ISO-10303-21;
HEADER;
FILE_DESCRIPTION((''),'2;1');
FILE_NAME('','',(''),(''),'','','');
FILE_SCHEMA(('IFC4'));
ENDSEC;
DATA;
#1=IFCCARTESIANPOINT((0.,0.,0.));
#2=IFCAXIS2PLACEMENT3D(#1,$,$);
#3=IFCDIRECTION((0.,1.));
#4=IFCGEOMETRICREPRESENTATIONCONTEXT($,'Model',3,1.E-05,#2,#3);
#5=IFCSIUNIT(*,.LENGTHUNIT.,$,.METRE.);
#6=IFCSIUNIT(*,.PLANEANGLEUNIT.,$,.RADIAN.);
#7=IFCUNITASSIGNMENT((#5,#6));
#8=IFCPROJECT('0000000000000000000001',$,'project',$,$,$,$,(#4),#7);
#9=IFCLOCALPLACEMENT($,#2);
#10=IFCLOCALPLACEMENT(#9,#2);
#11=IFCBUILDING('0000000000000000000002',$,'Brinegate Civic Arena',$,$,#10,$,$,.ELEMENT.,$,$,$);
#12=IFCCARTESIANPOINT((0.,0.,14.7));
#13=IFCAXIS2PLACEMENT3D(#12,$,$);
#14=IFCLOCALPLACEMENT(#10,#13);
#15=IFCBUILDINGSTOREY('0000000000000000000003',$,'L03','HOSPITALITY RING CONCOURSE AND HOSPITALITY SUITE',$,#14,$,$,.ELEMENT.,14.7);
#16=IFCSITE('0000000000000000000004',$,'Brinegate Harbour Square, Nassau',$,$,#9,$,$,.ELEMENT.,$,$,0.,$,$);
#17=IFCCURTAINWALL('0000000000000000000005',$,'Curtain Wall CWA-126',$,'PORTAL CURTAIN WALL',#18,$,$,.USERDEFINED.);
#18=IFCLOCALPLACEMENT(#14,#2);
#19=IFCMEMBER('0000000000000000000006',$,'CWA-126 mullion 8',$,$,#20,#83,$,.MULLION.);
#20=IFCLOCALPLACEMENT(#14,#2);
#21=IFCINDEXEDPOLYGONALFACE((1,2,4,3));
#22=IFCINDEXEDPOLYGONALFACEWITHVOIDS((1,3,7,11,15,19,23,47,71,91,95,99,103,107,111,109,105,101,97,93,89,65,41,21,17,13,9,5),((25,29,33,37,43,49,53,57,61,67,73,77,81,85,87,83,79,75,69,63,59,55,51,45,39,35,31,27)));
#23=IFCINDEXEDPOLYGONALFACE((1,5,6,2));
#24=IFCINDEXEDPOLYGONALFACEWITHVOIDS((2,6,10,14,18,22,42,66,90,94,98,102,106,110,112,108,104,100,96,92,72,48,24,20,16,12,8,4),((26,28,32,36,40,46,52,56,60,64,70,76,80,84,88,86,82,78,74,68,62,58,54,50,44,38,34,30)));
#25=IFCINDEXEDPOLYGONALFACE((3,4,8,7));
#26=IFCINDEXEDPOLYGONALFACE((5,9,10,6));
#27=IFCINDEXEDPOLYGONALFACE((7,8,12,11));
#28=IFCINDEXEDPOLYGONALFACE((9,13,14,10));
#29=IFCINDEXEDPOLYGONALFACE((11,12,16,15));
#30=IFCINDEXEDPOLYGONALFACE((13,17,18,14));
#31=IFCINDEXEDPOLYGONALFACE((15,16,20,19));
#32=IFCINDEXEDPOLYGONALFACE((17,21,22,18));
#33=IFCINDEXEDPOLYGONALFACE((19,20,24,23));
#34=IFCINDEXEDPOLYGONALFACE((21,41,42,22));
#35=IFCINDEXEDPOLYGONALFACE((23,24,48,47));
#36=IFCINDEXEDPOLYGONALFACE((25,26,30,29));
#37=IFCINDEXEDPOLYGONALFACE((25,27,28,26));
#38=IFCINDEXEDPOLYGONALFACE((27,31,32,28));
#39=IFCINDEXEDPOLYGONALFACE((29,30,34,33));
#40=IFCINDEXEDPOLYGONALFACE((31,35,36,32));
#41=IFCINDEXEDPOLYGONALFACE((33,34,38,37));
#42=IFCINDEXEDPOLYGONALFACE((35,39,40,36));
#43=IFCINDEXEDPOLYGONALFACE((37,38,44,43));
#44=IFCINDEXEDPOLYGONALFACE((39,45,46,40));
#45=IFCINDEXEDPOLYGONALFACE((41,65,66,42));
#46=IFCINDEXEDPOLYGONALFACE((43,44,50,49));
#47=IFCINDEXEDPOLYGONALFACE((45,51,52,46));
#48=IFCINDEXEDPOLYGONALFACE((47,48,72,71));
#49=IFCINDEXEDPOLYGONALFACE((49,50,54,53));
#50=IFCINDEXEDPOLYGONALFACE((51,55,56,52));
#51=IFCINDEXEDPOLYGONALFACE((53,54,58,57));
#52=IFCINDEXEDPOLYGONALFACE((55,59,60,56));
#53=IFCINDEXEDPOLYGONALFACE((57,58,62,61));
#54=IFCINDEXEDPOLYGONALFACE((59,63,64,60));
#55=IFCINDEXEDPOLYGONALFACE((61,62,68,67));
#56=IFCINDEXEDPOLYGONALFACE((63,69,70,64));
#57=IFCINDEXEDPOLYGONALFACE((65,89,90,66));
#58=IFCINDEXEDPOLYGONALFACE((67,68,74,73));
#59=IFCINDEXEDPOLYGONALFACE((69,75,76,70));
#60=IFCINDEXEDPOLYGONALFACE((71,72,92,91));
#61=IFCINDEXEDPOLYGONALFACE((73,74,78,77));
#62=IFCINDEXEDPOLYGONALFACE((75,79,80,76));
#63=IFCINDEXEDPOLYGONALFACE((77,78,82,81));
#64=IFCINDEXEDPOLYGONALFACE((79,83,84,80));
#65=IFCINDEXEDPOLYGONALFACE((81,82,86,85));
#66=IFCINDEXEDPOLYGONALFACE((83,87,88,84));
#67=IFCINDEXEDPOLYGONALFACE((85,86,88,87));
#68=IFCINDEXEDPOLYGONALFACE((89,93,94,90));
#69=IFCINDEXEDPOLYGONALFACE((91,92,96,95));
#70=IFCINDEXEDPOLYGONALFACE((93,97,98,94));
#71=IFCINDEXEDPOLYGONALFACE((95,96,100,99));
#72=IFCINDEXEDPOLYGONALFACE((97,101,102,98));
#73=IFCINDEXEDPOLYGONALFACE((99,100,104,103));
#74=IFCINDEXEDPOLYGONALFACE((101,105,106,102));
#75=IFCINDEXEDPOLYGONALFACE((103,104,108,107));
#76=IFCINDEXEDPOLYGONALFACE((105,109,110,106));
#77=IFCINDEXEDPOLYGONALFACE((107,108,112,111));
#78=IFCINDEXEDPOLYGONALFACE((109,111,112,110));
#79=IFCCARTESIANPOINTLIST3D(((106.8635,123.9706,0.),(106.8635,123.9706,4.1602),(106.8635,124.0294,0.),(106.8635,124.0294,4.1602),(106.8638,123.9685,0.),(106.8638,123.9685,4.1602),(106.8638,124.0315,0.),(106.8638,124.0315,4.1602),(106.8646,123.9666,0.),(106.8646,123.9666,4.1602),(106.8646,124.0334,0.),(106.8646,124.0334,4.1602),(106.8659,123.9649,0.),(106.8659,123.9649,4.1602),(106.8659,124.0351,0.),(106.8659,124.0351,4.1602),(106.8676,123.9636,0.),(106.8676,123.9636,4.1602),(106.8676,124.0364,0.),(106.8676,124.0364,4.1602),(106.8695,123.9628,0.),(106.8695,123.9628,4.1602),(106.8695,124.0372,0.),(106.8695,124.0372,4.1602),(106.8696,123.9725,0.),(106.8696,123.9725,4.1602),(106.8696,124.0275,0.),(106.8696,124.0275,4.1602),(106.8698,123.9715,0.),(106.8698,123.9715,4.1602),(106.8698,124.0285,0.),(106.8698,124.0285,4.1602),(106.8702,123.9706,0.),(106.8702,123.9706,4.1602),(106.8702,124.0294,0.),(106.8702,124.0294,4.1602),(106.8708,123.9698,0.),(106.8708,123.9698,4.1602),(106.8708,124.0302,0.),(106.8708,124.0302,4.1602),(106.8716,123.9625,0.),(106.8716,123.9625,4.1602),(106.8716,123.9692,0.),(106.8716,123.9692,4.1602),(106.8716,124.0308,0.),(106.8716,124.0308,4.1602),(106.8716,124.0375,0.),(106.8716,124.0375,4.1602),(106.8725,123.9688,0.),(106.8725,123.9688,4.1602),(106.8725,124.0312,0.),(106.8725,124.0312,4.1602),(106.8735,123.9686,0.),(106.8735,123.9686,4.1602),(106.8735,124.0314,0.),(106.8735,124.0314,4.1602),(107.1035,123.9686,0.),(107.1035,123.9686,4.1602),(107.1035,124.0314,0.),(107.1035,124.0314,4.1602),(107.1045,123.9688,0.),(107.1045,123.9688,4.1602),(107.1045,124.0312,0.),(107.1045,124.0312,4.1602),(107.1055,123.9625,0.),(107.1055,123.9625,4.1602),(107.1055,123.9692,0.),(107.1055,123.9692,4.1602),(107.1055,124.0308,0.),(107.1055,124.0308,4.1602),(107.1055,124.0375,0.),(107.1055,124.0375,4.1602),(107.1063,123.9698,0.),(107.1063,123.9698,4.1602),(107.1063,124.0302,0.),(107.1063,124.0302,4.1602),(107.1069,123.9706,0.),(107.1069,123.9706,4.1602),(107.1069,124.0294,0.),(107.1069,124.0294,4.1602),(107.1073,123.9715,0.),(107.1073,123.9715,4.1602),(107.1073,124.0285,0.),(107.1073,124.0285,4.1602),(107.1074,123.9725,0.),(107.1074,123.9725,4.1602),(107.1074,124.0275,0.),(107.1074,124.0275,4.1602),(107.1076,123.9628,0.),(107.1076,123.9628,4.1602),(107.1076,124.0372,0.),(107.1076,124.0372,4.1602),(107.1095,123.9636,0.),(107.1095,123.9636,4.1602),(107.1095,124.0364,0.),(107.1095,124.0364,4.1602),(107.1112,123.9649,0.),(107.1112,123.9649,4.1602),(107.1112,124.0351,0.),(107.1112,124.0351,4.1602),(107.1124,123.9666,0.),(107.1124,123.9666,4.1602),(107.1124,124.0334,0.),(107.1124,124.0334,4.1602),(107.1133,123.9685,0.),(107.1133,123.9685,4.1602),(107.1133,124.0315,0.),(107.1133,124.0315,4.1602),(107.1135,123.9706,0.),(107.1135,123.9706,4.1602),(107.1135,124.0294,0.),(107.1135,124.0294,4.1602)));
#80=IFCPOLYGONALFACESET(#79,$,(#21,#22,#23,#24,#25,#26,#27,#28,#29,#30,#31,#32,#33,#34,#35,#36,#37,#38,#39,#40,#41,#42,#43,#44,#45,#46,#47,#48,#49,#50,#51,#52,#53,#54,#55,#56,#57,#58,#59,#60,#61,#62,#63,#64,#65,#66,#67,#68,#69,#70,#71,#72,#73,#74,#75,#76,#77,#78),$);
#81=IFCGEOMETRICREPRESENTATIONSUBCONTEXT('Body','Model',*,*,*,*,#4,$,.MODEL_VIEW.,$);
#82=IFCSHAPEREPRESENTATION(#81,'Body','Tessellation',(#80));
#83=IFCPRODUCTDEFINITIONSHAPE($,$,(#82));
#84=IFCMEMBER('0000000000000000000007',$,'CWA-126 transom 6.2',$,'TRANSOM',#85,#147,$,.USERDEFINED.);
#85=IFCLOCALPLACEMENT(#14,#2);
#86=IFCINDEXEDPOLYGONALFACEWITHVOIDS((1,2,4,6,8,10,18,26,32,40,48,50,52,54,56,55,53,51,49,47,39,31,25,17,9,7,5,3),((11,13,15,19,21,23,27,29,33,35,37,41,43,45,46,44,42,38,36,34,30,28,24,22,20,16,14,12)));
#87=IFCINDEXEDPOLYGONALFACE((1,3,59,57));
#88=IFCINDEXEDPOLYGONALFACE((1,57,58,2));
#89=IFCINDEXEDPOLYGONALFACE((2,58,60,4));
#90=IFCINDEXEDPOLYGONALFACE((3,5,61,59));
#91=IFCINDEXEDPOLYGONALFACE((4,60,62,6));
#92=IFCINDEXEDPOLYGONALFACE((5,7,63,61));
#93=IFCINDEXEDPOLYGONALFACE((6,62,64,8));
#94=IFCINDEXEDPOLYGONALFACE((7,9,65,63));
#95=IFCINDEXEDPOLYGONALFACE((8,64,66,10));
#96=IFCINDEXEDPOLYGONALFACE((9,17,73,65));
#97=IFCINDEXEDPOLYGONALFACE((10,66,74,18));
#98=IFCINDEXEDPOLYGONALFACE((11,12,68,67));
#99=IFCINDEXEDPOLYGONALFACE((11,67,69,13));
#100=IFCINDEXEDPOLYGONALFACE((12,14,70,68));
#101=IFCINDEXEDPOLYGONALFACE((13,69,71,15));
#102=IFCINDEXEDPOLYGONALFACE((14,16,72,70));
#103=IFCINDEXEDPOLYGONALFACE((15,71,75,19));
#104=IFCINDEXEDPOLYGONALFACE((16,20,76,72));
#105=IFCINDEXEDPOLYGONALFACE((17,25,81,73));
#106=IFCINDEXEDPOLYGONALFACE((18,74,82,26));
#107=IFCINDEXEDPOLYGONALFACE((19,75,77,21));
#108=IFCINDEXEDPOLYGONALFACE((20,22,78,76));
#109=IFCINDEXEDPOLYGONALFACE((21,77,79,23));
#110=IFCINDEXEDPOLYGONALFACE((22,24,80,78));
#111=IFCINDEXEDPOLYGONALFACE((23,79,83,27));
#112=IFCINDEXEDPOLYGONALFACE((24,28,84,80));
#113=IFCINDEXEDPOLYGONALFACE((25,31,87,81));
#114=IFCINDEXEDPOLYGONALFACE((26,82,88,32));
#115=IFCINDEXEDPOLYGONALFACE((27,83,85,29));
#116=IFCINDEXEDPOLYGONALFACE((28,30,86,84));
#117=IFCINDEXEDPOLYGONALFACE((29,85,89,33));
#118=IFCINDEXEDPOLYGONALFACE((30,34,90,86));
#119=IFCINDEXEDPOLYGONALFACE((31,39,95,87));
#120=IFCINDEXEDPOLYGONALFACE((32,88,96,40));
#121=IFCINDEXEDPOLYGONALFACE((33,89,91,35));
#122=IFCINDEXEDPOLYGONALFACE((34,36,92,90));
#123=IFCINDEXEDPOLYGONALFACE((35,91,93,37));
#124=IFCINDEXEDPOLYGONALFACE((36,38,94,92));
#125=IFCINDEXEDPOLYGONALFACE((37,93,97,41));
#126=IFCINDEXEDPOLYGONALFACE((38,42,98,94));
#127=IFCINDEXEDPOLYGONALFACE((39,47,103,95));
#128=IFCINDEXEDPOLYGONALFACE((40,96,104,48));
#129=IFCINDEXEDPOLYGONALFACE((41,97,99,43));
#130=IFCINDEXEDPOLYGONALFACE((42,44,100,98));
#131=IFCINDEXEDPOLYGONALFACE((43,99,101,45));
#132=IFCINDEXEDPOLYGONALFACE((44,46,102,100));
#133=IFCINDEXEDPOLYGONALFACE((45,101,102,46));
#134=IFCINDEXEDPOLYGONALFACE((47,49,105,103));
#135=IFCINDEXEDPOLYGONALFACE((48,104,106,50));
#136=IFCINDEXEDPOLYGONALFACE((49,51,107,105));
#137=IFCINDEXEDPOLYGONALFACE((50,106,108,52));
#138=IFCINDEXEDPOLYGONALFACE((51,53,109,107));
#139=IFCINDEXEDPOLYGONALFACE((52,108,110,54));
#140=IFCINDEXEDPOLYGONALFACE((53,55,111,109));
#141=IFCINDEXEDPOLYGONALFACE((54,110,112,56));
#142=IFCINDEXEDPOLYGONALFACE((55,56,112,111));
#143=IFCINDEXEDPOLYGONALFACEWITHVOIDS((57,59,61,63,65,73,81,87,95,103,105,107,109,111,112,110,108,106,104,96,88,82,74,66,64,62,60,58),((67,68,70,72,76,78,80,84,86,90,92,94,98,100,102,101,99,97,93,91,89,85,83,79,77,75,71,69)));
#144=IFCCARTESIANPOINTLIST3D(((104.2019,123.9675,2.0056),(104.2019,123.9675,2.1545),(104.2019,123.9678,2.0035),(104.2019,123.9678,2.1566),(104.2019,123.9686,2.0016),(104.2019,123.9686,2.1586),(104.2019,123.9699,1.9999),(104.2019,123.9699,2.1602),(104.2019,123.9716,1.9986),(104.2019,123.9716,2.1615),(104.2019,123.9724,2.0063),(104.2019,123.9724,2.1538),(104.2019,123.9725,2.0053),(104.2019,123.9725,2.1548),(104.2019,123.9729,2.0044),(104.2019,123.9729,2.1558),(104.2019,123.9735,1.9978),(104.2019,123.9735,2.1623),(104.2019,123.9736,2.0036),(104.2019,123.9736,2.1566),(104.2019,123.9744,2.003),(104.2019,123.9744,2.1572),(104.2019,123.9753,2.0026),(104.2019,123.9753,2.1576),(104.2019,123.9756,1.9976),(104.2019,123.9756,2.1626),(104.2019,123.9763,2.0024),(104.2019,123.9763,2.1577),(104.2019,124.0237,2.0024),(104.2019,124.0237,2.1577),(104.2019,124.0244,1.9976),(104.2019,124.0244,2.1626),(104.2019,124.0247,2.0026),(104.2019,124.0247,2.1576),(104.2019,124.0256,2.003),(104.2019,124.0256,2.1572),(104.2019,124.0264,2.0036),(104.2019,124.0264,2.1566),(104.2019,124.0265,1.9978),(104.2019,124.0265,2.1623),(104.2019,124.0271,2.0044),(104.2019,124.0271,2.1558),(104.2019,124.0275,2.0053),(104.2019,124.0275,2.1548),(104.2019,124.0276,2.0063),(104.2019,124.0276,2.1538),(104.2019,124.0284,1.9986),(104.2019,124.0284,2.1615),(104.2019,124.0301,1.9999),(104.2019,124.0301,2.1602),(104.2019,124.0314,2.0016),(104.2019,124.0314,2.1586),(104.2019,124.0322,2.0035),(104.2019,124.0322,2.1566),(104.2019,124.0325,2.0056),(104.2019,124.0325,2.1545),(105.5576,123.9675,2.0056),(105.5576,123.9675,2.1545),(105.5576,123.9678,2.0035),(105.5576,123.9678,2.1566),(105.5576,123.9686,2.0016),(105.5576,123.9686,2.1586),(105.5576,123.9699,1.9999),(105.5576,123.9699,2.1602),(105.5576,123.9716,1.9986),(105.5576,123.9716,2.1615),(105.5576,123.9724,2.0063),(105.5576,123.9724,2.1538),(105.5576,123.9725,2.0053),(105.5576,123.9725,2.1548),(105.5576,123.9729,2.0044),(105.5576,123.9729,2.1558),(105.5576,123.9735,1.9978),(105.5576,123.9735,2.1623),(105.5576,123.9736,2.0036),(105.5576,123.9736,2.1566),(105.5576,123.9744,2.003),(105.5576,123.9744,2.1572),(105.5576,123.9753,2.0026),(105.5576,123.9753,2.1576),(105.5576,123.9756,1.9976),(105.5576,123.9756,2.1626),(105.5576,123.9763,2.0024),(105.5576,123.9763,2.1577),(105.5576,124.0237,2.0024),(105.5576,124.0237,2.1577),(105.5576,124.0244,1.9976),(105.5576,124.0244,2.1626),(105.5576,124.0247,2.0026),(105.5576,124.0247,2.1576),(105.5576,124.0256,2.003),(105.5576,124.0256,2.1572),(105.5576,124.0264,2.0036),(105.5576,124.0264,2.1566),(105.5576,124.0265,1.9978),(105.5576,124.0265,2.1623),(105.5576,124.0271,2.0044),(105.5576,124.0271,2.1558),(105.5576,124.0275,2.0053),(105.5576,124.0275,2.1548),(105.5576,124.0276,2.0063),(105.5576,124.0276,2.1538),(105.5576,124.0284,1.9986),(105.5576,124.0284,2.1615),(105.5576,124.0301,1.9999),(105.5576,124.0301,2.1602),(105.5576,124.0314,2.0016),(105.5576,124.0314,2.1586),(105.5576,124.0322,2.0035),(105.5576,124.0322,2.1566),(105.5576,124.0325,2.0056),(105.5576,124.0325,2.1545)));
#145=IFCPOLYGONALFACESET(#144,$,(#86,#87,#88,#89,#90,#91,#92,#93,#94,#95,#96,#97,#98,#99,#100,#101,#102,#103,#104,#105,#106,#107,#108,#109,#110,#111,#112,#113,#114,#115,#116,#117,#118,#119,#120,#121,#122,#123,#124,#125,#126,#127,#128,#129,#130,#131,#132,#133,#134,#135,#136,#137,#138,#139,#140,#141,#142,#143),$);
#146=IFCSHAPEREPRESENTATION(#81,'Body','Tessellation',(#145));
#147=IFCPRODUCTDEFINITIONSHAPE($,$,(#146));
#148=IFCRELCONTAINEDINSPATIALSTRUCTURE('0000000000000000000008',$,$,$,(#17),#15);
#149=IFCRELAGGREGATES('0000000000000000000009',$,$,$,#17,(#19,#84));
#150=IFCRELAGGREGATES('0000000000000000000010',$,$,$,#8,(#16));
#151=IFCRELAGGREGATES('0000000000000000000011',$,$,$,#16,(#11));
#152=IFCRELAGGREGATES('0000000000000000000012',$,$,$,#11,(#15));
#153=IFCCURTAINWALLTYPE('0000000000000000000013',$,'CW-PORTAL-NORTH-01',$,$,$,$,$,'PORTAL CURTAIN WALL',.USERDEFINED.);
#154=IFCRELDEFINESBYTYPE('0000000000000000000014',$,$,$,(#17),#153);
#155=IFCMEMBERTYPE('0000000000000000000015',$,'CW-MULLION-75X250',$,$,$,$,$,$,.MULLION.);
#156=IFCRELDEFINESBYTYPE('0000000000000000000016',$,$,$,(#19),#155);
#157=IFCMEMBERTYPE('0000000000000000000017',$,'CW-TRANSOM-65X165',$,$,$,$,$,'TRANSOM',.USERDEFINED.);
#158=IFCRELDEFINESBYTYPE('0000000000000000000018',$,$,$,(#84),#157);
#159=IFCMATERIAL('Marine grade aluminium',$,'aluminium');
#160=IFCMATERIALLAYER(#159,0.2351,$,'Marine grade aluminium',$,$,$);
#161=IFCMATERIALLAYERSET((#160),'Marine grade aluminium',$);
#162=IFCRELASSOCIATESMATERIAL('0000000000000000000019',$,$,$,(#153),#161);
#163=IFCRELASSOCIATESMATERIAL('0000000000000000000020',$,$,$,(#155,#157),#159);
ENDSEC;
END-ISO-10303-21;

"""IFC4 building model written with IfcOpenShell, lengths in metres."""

from ifc_helpers import new_model, si_unit, direction, frame, origin, origin_2d, place, context, subcontext, project, spatial, hollow_rectangle, extrude, material, layer, layer_set, material_profile, profile_set, type_object, element, aggregate, save


model = new_model("IFC4")

# Units and contexts
model_context = context("Model", 3, precision=1e-05, world=origin(), true_north=direction((0.0, 1.0)))
body_context = subcontext(model_context, "Body", "Model", "MODEL_VIEW")
ifc_project = project(units=[si_unit("LENGTHUNIT", "METRE"), si_unit("PLANEANGLEUNIT", "RADIAN")], contexts=[model_context])

# Site, building, storey
site_placement = place(None, origin())
site = spatial("IfcSite", under=ifc_project, at=site_placement, Name="Brinegate Harbour Square, Nassau", CompositionType="ELEMENT", RefElevation=0.0)
building_placement = place(site_placement, origin())
building = spatial("IfcBuilding", under=site, at=building_placement, Name="Brinegate Civic Arena", CompositionType="ELEMENT")
storey_placement = place(building_placement, frame((0.0, 0.0, 14.7)))
storey = spatial("IfcBuildingStorey", under=building, at=storey_placement, Name="L03", Description="HOSPITALITY RING CONCOURSE AND HOSPITALITY SUITE", CompositionType="ELEMENT", Elevation=14.7)

# Curtain wall, members
ifc_material_1 = material(Name="Marine grade aluminium", Category="aluminium")
ifc_layer_1 = layer(ifc_material_1, 0.2351, Name="Marine grade aluminium")
ifc_layer_set_1 = layer_set([ifc_layer_1], Name="Marine grade aluminium")
curtain_wall_type = type_object("IfcCurtainWallType", Name="CW-PORTAL-NORTH-01", ElementType="PORTAL CURTAIN WALL", PredefinedType="USERDEFINED", material=ifc_layer_set_1)
curtain_wall_placement = place(storey_placement, origin())
curtain_wall = element("IfcCurtainWall", 1, at=curtain_wall_placement, inside=storey, type_object=curtain_wall_type, Name="Curtain Wall CWA-126", ObjectType="PORTAL CURTAIN WALL", PredefinedType="USERDEFINED")
ifc_material_profile_1 = material_profile(ifc_material_1, hollow_rectangle(XDim=0.075, YDim=0.25, WallThickness=0.0061, InnerFilletRadius=0.0039, OuterFilletRadius=0.0081, at=origin_2d()), Name="MUL75X250")
ifc_profile_set_1 = profile_set([ifc_material_profile_1], Name="Marine grade aluminium")
member_type_1 = type_object("IfcMemberType", Name="CW-MULLION-75X250", PredefinedType="MULLION", material=ifc_profile_set_1)
member_1_placement = place(storey_placement, frame((106.9885, 124.0, 0.0), z_axis=(0.0, 0.0, 1.0), x_axis=(0.0, 1.0, 0.0)))
member_1 = element("IfcMember", 2, at=member_1_placement, type_object=member_type_1, Name="CWA-126 mullion 8", PredefinedType="MULLION", context=body_context, shape_type="SweptSolid", body=[
    extrude(hollow_rectangle(XDim=0.075, YDim=0.25, WallThickness=0.0061, InnerFilletRadius=0.0039, OuterFilletRadius=0.0081, at=origin_2d()), origin(), (0.0, 0.0, 1.0), 4.1602),
])
ifc_material_profile_2 = material_profile(ifc_material_1, hollow_rectangle(XDim=0.0649, YDim=0.165, WallThickness=0.0049, InnerFilletRadius=0.0039, OuterFilletRadius=0.0081, at=origin_2d()), Name="TRN65X165")
ifc_profile_set_2 = profile_set([ifc_material_profile_2], Name="Marine grade aluminium")
member_type_2 = type_object("IfcMemberType", Name="CW-TRANSOM-65X165", ElementType="TRANSOM", PredefinedType="USERDEFINED", material=ifc_profile_set_2)
member_2_placement = place(storey_placement, frame((104.2019, 124.0, 2.0801), z_axis=(1.0, 0.0, 0.0), x_axis=(0.0, 1.0, 0.0)))
member_2 = element("IfcMember", 3, at=member_2_placement, type_object=member_type_2, Name="CWA-126 transom 6.2", ObjectType="TRANSOM", PredefinedType="USERDEFINED", context=body_context, shape_type="SweptSolid", body=[
    extrude(hollow_rectangle(XDim=0.0649, YDim=0.165, WallThickness=0.0049, InnerFilletRadius=0.0039, OuterFilletRadius=0.0081, at=origin_2d()), origin(), (0.0, 0.0, 1.0), 1.3557),
])

aggregate(curtain_wall, [member_1, member_2])

save(model, "model.ifc")
